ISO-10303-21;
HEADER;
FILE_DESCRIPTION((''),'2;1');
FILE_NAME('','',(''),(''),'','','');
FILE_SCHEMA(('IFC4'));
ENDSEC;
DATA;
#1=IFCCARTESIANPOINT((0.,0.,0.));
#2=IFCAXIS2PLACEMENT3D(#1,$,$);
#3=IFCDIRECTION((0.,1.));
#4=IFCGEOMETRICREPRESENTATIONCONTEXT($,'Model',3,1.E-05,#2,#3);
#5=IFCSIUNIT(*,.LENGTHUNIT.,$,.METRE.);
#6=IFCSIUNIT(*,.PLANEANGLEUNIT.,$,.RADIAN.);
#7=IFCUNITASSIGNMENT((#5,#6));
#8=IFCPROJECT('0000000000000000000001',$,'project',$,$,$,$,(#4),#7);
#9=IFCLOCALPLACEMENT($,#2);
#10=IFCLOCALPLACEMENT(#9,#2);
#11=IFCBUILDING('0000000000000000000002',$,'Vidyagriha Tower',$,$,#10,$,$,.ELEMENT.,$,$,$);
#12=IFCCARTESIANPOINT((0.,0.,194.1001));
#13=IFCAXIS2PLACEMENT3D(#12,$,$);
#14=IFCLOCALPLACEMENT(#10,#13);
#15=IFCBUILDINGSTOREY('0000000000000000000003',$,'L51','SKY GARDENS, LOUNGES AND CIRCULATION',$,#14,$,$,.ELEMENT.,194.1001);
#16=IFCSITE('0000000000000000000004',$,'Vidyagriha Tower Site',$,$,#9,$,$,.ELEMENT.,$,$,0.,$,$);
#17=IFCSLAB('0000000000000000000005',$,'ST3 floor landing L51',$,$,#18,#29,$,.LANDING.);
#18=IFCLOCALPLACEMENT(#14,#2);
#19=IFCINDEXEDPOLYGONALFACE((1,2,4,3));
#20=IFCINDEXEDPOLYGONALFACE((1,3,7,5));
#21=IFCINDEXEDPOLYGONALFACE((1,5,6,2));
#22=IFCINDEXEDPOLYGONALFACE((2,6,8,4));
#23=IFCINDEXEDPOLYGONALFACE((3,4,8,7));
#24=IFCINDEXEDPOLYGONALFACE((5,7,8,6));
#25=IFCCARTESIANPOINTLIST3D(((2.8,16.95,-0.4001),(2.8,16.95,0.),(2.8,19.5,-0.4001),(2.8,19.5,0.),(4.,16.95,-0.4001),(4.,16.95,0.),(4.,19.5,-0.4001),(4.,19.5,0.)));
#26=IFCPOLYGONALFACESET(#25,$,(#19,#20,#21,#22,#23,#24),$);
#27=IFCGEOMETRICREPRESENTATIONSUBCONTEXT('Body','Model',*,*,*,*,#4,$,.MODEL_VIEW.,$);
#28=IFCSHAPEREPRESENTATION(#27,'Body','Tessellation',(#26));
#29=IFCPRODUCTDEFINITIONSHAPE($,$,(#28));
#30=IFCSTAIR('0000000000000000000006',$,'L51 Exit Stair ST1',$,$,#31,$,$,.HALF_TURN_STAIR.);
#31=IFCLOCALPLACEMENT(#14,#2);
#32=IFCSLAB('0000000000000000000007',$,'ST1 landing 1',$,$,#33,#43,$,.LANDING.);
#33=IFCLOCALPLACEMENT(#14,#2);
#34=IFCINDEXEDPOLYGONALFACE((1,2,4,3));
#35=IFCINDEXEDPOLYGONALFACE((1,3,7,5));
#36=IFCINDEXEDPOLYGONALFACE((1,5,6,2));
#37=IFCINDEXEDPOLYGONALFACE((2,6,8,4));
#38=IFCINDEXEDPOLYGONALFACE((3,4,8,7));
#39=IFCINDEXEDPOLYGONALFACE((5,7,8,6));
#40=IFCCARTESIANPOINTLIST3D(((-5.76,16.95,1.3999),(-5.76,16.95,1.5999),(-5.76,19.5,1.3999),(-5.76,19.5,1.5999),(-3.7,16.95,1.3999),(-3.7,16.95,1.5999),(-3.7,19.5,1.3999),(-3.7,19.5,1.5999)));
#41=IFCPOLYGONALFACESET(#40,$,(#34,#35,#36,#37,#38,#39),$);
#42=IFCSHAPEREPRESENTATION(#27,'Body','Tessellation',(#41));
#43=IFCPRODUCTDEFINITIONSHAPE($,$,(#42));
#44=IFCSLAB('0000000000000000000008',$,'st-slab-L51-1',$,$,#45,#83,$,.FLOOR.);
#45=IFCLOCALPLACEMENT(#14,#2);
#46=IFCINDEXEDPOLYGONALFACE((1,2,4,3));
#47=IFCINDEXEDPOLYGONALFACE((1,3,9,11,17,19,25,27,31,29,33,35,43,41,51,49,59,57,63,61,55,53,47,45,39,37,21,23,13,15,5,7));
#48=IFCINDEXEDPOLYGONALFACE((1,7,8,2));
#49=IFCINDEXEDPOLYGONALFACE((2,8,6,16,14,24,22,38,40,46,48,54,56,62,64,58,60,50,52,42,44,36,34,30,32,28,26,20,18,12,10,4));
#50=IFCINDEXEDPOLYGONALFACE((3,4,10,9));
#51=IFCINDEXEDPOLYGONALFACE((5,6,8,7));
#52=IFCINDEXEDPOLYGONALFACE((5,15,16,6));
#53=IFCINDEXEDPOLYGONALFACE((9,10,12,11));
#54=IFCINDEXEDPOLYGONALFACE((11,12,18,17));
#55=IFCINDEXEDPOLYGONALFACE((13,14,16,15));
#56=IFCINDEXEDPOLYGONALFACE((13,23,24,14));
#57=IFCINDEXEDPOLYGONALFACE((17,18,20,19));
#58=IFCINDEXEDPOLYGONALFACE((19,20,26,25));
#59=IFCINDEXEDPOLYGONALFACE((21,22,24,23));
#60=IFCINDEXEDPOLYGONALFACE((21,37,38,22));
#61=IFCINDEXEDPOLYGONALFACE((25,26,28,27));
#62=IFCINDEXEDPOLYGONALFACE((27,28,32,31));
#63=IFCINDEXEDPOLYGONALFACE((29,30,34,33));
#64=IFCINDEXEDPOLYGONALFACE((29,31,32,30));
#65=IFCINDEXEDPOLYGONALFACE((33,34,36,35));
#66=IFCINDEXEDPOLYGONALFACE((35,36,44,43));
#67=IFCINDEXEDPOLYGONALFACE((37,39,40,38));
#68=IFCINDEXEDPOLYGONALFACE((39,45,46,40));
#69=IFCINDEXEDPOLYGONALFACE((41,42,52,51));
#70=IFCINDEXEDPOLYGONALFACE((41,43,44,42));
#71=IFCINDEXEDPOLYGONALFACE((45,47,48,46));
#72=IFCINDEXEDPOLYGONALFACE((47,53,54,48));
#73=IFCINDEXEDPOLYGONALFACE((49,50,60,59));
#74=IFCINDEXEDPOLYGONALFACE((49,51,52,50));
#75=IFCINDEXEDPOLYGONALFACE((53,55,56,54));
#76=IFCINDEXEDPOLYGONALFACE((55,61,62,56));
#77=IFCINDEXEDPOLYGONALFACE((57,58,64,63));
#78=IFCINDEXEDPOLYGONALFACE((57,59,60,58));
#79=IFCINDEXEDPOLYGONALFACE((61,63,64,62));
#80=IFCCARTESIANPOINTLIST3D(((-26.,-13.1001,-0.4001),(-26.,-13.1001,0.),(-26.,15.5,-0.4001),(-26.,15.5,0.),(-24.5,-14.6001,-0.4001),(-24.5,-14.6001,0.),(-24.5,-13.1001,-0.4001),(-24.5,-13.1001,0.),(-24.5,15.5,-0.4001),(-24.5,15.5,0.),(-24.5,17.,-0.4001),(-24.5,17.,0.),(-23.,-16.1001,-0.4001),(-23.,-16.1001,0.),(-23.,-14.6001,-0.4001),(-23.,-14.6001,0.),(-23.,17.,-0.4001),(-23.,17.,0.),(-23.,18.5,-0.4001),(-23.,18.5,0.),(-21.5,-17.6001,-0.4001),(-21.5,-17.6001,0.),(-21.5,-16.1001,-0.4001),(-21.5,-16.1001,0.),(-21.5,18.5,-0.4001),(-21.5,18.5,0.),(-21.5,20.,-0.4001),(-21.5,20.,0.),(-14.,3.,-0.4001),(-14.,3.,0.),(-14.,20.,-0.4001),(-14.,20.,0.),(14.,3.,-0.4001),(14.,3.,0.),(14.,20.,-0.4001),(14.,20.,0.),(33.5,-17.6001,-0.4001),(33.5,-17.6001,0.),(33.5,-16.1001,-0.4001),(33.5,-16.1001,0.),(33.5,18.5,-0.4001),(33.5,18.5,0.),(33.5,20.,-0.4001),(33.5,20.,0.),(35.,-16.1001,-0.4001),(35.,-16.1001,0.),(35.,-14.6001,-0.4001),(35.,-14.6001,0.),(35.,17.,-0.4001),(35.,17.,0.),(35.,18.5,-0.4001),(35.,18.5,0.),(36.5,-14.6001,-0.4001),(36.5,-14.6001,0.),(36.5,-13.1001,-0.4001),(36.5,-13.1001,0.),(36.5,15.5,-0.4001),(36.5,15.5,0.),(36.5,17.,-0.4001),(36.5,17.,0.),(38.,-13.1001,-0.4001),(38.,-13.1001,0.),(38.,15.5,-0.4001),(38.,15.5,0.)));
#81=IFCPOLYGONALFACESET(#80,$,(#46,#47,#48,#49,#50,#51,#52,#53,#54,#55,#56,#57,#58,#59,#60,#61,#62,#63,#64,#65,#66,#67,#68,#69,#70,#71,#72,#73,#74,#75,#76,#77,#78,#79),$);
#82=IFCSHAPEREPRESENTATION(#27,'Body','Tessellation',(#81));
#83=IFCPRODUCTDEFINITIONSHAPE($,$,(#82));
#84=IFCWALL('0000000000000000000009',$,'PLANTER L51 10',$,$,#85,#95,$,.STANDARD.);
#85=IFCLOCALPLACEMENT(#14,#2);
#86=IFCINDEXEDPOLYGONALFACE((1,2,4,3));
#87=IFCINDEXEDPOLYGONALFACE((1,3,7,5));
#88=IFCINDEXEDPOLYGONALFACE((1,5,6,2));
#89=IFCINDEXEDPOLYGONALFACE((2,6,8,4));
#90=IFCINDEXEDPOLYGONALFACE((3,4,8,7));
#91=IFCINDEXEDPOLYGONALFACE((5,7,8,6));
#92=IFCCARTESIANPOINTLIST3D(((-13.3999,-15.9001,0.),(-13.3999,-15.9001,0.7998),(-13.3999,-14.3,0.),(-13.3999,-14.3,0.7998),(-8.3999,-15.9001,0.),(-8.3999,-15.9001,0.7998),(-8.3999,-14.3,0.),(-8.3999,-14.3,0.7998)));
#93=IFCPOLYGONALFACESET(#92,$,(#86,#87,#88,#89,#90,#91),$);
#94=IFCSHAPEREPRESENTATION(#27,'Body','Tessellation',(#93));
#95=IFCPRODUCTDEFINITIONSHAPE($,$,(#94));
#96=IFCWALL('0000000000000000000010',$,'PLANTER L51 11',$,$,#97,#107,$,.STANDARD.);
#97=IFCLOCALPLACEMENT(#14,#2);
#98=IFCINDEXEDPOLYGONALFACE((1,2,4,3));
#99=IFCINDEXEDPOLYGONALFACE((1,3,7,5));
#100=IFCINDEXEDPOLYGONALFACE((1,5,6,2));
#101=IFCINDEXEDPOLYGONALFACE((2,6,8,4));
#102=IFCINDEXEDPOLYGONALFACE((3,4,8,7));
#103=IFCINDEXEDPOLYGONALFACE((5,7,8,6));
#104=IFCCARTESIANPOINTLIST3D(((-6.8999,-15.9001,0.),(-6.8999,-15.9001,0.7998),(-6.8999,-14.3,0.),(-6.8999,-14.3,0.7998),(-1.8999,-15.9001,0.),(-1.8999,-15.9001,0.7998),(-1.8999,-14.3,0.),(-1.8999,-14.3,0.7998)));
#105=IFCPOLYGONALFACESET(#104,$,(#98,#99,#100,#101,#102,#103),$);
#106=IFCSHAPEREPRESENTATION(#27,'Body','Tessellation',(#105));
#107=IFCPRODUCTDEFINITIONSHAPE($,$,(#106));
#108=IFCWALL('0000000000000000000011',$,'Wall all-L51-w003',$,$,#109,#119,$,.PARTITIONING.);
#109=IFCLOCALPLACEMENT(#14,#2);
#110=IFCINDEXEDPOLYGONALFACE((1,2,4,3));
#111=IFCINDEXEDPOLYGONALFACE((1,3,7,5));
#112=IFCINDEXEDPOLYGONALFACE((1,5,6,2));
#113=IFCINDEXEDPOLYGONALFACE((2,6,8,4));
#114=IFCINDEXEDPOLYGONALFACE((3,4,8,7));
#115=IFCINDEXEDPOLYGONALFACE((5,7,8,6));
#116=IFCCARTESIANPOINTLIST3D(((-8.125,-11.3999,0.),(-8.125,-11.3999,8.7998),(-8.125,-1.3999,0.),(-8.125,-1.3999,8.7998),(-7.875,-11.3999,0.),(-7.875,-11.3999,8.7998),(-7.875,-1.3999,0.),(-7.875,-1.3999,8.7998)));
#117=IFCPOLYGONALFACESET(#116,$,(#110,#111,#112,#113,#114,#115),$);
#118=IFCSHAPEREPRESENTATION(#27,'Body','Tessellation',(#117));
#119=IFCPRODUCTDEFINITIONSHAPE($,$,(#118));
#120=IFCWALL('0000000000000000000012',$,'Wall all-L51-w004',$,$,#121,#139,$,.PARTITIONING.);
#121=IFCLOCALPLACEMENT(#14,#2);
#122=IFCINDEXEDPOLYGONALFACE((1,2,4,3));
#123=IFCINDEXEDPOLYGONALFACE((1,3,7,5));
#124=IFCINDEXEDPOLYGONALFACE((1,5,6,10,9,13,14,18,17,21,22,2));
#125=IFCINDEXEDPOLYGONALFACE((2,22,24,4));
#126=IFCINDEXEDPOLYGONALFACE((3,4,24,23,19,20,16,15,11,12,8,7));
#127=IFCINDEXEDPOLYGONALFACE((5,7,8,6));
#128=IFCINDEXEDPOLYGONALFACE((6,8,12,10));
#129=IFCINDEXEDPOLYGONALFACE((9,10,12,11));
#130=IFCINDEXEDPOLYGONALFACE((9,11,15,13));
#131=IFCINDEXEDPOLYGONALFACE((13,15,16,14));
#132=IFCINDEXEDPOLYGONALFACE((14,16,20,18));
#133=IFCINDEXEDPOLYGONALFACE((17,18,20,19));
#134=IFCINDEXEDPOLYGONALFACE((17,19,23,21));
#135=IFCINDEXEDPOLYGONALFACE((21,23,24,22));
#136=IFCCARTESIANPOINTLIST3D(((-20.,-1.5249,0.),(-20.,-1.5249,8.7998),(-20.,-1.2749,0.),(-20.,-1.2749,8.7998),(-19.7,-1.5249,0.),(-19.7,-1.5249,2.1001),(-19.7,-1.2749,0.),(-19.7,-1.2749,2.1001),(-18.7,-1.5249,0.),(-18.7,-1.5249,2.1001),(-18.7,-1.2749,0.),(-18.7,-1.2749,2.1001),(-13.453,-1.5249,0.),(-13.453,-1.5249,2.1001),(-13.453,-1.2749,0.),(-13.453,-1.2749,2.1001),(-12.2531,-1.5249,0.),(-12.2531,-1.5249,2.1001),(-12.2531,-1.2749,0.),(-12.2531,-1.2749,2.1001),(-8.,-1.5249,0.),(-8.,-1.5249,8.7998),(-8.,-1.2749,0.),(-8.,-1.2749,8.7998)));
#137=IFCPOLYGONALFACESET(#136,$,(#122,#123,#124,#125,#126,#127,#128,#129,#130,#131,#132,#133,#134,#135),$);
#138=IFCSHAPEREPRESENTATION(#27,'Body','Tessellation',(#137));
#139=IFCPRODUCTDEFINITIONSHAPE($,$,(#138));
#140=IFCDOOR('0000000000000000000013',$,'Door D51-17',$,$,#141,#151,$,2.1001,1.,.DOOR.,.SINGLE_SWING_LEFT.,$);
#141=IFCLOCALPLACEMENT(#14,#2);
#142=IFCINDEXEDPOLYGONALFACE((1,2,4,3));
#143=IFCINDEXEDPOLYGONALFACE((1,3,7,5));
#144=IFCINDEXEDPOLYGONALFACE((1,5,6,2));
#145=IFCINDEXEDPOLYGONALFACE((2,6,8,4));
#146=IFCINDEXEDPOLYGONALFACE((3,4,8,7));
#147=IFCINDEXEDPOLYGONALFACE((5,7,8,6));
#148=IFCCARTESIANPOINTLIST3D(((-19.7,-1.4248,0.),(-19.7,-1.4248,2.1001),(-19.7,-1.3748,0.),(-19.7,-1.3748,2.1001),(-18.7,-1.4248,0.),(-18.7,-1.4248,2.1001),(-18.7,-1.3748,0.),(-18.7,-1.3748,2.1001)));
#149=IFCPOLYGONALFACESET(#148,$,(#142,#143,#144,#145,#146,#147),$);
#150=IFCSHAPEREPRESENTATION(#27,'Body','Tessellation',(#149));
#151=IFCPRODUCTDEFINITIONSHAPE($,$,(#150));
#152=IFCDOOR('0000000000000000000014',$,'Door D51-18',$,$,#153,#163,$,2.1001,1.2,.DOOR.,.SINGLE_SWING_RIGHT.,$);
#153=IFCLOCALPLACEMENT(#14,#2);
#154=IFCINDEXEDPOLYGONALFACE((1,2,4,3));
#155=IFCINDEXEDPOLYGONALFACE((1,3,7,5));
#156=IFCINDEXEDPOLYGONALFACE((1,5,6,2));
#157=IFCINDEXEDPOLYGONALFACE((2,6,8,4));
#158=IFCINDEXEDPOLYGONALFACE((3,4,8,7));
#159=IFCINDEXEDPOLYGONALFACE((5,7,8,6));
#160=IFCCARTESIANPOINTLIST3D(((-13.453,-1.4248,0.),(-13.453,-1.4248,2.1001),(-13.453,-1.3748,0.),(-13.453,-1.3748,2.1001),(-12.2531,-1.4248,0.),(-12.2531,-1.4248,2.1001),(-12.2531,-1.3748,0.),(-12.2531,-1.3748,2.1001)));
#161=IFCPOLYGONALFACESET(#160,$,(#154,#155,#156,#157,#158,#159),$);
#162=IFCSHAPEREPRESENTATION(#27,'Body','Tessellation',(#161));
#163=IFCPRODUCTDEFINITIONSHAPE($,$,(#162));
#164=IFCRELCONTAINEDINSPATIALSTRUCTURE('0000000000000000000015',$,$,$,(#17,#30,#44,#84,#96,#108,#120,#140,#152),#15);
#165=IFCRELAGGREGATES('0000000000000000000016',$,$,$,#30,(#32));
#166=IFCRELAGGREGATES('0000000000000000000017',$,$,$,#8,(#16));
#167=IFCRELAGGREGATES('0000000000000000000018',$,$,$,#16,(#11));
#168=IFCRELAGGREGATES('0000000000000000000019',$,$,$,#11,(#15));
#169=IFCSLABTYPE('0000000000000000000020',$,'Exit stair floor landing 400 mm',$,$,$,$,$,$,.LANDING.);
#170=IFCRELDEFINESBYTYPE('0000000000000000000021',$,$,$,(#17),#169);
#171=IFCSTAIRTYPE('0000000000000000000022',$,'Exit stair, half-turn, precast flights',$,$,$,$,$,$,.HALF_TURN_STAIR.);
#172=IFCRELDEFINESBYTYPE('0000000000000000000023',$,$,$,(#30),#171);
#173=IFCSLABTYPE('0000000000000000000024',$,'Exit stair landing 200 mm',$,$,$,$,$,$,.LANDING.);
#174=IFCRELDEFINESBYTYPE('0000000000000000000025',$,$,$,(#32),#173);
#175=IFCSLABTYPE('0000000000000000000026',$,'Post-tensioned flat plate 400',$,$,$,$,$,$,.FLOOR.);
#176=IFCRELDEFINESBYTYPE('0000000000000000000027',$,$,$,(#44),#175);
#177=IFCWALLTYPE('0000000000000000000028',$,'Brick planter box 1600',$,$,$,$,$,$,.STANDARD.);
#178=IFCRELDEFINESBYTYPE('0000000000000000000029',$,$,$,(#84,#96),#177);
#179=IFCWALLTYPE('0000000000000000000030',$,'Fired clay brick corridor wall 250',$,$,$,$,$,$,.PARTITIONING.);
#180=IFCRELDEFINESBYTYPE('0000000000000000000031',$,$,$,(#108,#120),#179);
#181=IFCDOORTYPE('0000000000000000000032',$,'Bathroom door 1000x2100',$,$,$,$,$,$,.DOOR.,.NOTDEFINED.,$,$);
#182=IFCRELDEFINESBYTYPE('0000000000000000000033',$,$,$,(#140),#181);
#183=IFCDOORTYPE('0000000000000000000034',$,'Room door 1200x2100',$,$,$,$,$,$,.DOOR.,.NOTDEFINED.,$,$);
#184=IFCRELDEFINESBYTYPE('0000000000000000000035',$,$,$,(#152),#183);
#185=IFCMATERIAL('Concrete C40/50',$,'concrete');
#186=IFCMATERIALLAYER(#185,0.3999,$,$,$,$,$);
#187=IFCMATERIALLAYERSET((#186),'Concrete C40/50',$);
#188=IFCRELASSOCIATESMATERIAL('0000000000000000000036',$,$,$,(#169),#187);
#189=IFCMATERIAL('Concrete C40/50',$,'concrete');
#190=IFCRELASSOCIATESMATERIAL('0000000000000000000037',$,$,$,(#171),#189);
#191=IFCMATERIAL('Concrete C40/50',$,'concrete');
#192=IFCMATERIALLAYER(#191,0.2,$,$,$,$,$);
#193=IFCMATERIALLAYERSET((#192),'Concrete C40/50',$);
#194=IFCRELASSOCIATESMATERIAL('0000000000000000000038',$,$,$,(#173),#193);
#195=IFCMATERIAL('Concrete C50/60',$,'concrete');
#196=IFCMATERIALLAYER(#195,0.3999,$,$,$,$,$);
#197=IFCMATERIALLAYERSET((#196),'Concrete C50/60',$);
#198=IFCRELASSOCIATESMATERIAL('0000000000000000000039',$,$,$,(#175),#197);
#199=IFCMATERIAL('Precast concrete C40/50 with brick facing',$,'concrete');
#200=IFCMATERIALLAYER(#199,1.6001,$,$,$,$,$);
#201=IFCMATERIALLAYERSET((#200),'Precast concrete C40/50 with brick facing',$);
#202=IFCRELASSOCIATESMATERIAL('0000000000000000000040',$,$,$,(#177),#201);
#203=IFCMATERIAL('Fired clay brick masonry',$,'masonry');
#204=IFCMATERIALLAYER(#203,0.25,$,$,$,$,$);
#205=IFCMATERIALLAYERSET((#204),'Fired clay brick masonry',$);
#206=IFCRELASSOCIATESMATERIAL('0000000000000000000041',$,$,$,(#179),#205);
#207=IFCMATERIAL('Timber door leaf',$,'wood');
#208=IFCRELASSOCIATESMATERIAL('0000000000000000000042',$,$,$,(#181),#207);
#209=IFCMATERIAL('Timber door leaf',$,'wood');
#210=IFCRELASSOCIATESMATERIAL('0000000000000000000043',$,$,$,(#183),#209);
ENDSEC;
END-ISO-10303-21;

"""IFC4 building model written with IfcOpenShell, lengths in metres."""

from ifc_helpers import new_model, si_unit, direction, frame, frame_2d, origin, place, context, subcontext, project, spatial, polyline, rectangle, outline, extrude, material, layer, layer_set, type_object, element, fill, aggregate, save


model = new_model("IFC4")

# Units and contexts
model_context = context("Model", 3, precision=1e-05, world=origin(), true_north=direction((0.0, 1.0)))
body_context = subcontext(model_context, "Body", "Model", "MODEL_VIEW")
ifc_project = project(units=[si_unit("LENGTHUNIT", "METRE"), si_unit("PLANEANGLEUNIT", "RADIAN")], contexts=[model_context])

# Site, building, storey
site_placement = place(None, origin())
site = spatial("IfcSite", under=ifc_project, at=site_placement, Name="Vidyagriha Tower Site", CompositionType="ELEMENT", RefElevation=0.0)
building_placement = place(site_placement, origin())
building = spatial("IfcBuilding", under=site, at=building_placement, Name="Vidyagriha Tower", CompositionType="ELEMENT")
storey_placement = place(building_placement, frame((0.0, 0.0, 194.1001)))
storey = spatial("IfcBuildingStorey", under=building, at=storey_placement, Name="L51", Description="SKY GARDENS, LOUNGES AND CIRCULATION", CompositionType="ELEMENT", Elevation=194.1001)

# Slab
ifc_material_1 = material(Name="Concrete C40/50", Category="concrete")
ifc_layer_1 = layer(ifc_material_1, 0.3999)
ifc_layer_set_1 = layer_set([ifc_layer_1], Name="Concrete C40/50")
slab_type_1 = type_object("IfcSlabType", Name="Exit stair floor landing 400 mm", PredefinedType="LANDING", material=ifc_layer_set_1)
slab_1_placement = place(storey_placement, frame((0.0, 0.0, -0.4001)))
element("IfcSlab", 1, at=slab_1_placement, inside=storey, type_object=slab_type_1, Name="ST3 floor landing L51", PredefinedType="LANDING", context=body_context, shape_type="SweptSolid", body=[
    extrude(outline(polyline([(2.8, 16.95), (4.0, 16.95), (4.0, 19.5), (2.8, 19.5), (2.8, 16.95)])), origin(), (0.0, 0.0, 1.0), 0.4001),
])

# Stair, slab
ifc_material_2 = material(Name="Concrete C40/50", Category="concrete")
stair_type = type_object("IfcStairType", Name="Exit stair, half-turn, precast flights", PredefinedType="HALF_TURN_STAIR", material=ifc_material_2)
stair_placement = place(storey_placement, origin())
stair = element("IfcStair", 2, at=stair_placement, inside=storey, type_object=stair_type, Name="L51 Exit Stair ST1", PredefinedType="HALF_TURN_STAIR")
ifc_material_3 = material(Name="Concrete C40/50", Category="concrete")
ifc_layer_2 = layer(ifc_material_3, 0.2)
ifc_layer_set_2 = layer_set([ifc_layer_2], Name="Concrete C40/50")
slab_type_2 = type_object("IfcSlabType", Name="Exit stair landing 200 mm", PredefinedType="LANDING", material=ifc_layer_set_2)
slab_2_placement = place(storey_placement, frame((0.0, 0.0, 1.3999)))
slab_2 = element("IfcSlab", 3, at=slab_2_placement, type_object=slab_type_2, Name="ST1 landing 1", PredefinedType="LANDING", context=body_context, shape_type="SweptSolid", body=[
    extrude(outline(polyline([(-5.76, 16.95), (-3.7, 16.95), (-3.7, 19.5), (-5.76, 19.5), (-5.76, 16.95)])), origin(), (0.0, 0.0, 1.0), 0.2),
])
aggregate(stair, [slab_2])

# Slab
ifc_material_4 = material(Name="Concrete C50/60", Category="concrete")
ifc_layer_3 = layer(ifc_material_4, 0.3999)
ifc_layer_set_3 = layer_set([ifc_layer_3], Name="Concrete C50/60")
slab_type_3 = type_object("IfcSlabType", Name="Post-tensioned flat plate 400", PredefinedType="FLOOR", material=ifc_layer_set_3)
slab_3_placement = place(storey_placement, frame((0.0, 0.0, -0.4001)))
element("IfcSlab", 4, at=slab_3_placement, inside=storey, type_object=slab_type_3, Name="st-slab-L51-1", PredefinedType="FLOOR", context=body_context, shape_type="SweptSolid", body=[
    extrude(outline(polyline([(36.5, -13.1001), (36.5, -14.6001), (35.0, -14.6001), (35.0, -16.1001), (33.5, -16.1001), (33.5, -17.6001), (-21.5, -17.6001), (-21.5, -16.1001), (-23.0, -16.1001), (-23.0, -14.6001), (-24.5, -14.6001), (-24.5, -13.1001), (-26.0, -13.1001), (-26.0, 15.5), (-24.5, 15.5), (-24.5, 17.0), (-23.0, 17.0), (-23.0, 18.5), (-21.5, 18.5), (-21.5, 20.0), (-14.0, 20.0), (-14.0, 3.0), (14.0, 3.0), (14.0, 20.0), (33.5, 20.0), (33.5, 18.5), (35.0, 18.5), (35.0, 17.0), (36.5, 17.0), (36.5, 15.5), (38.0, 15.5), (38.0, -13.1001), (36.5, -13.1001)])), origin(), (0.0, 0.0, 1.0), 0.4001),
])

# Walls
ifc_material_5 = material(Name="Precast concrete C40/50 with brick facing", Category="concrete")
ifc_layer_4 = layer(ifc_material_5, 1.6001)
ifc_layer_set_4 = layer_set([ifc_layer_4], Name="Precast concrete C40/50 with brick facing")
wall_type_1 = type_object("IfcWallType", Name="Brick planter box 1600", PredefinedType="STANDARD", material=ifc_layer_set_4)
for number, where, name in (
    (5, (-13.3999, -15.1001, 0.0), "PLANTER L51 10"),
    (6, (-6.8999, -15.1001, 0.0), "PLANTER L51 11"),
):
    element("IfcWall", number, at=place(storey_placement, frame(where)), inside=storey, type_object=wall_type_1, Name=name, PredefinedType="STANDARD", context=body_context, shape_type="SweptSolid", body=[
        extrude(rectangle(XDim=5.0, YDim=1.6001, at=frame_2d((2.5, 0.0))), origin(), (0.0, 0.0, 1.0), 0.7998),
    ])
ifc_material_6 = material(Name="Fired clay brick masonry", Category="masonry")
ifc_layer_5 = layer(ifc_material_6, 0.25)
ifc_layer_set_5 = layer_set([ifc_layer_5], Name="Fired clay brick masonry")
wall_type_2 = type_object("IfcWallType", Name="Fired clay brick corridor wall 250", PredefinedType="PARTITIONING", material=ifc_layer_set_5)
wall_1_placement = place(storey_placement, frame((-8.0, -11.3999, 0.0), z_axis=(0.0, 0.0, 1.0), x_axis=(0.0, 1.0, 0.0)))
element("IfcWall", 7, at=wall_1_placement, inside=storey, type_object=wall_type_2, Name="Wall all-L51-w003", PredefinedType="PARTITIONING", context=body_context, shape_type="SweptSolid", body=[
    extrude(rectangle(XDim=10.0, YDim=0.25, at=frame_2d((5.0, 0.0))), origin(), (0.0, 0.0, 1.0), 8.7998),
])

# Wall, openings, doors
wall_2_placement = place(storey_placement, frame((-8.0, -1.3999, 0.0), z_axis=(0.0, 0.0, 1.0), x_axis=(-1.0, 0.0, 0.0)))
wall_2 = element("IfcWall", 8, at=wall_2_placement, inside=storey, type_object=wall_type_2, Name="Wall all-L51-w004", PredefinedType="PARTITIONING", context=body_context, shape_type="SweptSolid", body=[
    extrude(rectangle(XDim=12.0, YDim=0.25, at=frame_2d((6.0, 0.0))), origin(), (0.0, 0.0, 1.0), 8.7998),
])
opening_1_placement = place(wall_2_placement, frame((10.7, 0.0, 0.0)))
opening_1 = element("IfcOpeningElement", 9, at=opening_1_placement, cuts=wall_2, PredefinedType="OPENING", context=body_context, shape_type="SweptSolid", body=[
    extrude(rectangle(XDim=1.0, YDim=2.1001, at=frame_2d((0.5, 1.05))), frame((0.0, 0.135, 0.0), z_axis=(0.0, -1.0, 0.0), x_axis=(1.0, 0.0, 0.0)), (0.0, 0.0, 1.0), 0.27),
])
opening_2_placement = place(wall_2_placement, frame((4.2529, 0.0, 0.0)))
opening_2 = element("IfcOpeningElement", 10, at=opening_2_placement, cuts=wall_2, PredefinedType="OPENING", context=body_context, shape_type="SweptSolid", body=[
    extrude(rectangle(XDim=1.2, YDim=2.1001, at=frame_2d((0.6001, 1.05))), frame((0.0, 0.135, 0.0), z_axis=(0.0, -1.0, 0.0), x_axis=(1.0, 0.0, 0.0)), (0.0, 0.0, 1.0), 0.27),
])
ifc_material_7 = material(Name="Timber door leaf", Category="wood")
door_type_1 = type_object("IfcDoorType", Name="Bathroom door 1000x2100", OperationType="NOTDEFINED", PredefinedType="DOOR", material=ifc_material_7)
door_1_placement = place(opening_1_placement, origin())
door_1 = element("IfcDoor", 11, at=door_1_placement, inside=storey, type_object=door_type_1, Name="Door D51-17", OperationType="SINGLE_SWING_LEFT", OverallHeight=2.1001, OverallWidth=1.0, PredefinedType="DOOR", context=body_context, shape_type="SweptSolid", body=[
    extrude(rectangle(XDim=1.0, YDim=2.1001, at=frame_2d((0.5, 1.05))), frame((0.0, 0.0249, 0.0), z_axis=(0.0, -1.0, 0.0), x_axis=(1.0, 0.0, 0.0)), (0.0, 0.0, 1.0), 0.05),
])
fill(opening_1, door_1)
ifc_material_8 = material(Name="Timber door leaf", Category="wood")
door_type_2 = type_object("IfcDoorType", Name="Room door 1200x2100", OperationType="NOTDEFINED", PredefinedType="DOOR", material=ifc_material_8)
door_2_placement = place(opening_2_placement, origin())
door_2 = element("IfcDoor", 12, at=door_2_placement, inside=storey, type_object=door_type_2, Name="Door D51-18", OperationType="SINGLE_SWING_RIGHT", OverallHeight=2.1001, OverallWidth=1.2, PredefinedType="DOOR", context=body_context, shape_type="SweptSolid", body=[
    extrude(rectangle(XDim=1.2, YDim=2.1001, at=frame_2d((0.6001, 1.05))), frame((0.0, 0.0249, 0.0), z_axis=(0.0, -1.0, 0.0), x_axis=(1.0, 0.0, 0.0)), (0.0, 0.0, 1.0), 0.05),
])
fill(opening_2, door_2)

save(model, "model.ifc")
